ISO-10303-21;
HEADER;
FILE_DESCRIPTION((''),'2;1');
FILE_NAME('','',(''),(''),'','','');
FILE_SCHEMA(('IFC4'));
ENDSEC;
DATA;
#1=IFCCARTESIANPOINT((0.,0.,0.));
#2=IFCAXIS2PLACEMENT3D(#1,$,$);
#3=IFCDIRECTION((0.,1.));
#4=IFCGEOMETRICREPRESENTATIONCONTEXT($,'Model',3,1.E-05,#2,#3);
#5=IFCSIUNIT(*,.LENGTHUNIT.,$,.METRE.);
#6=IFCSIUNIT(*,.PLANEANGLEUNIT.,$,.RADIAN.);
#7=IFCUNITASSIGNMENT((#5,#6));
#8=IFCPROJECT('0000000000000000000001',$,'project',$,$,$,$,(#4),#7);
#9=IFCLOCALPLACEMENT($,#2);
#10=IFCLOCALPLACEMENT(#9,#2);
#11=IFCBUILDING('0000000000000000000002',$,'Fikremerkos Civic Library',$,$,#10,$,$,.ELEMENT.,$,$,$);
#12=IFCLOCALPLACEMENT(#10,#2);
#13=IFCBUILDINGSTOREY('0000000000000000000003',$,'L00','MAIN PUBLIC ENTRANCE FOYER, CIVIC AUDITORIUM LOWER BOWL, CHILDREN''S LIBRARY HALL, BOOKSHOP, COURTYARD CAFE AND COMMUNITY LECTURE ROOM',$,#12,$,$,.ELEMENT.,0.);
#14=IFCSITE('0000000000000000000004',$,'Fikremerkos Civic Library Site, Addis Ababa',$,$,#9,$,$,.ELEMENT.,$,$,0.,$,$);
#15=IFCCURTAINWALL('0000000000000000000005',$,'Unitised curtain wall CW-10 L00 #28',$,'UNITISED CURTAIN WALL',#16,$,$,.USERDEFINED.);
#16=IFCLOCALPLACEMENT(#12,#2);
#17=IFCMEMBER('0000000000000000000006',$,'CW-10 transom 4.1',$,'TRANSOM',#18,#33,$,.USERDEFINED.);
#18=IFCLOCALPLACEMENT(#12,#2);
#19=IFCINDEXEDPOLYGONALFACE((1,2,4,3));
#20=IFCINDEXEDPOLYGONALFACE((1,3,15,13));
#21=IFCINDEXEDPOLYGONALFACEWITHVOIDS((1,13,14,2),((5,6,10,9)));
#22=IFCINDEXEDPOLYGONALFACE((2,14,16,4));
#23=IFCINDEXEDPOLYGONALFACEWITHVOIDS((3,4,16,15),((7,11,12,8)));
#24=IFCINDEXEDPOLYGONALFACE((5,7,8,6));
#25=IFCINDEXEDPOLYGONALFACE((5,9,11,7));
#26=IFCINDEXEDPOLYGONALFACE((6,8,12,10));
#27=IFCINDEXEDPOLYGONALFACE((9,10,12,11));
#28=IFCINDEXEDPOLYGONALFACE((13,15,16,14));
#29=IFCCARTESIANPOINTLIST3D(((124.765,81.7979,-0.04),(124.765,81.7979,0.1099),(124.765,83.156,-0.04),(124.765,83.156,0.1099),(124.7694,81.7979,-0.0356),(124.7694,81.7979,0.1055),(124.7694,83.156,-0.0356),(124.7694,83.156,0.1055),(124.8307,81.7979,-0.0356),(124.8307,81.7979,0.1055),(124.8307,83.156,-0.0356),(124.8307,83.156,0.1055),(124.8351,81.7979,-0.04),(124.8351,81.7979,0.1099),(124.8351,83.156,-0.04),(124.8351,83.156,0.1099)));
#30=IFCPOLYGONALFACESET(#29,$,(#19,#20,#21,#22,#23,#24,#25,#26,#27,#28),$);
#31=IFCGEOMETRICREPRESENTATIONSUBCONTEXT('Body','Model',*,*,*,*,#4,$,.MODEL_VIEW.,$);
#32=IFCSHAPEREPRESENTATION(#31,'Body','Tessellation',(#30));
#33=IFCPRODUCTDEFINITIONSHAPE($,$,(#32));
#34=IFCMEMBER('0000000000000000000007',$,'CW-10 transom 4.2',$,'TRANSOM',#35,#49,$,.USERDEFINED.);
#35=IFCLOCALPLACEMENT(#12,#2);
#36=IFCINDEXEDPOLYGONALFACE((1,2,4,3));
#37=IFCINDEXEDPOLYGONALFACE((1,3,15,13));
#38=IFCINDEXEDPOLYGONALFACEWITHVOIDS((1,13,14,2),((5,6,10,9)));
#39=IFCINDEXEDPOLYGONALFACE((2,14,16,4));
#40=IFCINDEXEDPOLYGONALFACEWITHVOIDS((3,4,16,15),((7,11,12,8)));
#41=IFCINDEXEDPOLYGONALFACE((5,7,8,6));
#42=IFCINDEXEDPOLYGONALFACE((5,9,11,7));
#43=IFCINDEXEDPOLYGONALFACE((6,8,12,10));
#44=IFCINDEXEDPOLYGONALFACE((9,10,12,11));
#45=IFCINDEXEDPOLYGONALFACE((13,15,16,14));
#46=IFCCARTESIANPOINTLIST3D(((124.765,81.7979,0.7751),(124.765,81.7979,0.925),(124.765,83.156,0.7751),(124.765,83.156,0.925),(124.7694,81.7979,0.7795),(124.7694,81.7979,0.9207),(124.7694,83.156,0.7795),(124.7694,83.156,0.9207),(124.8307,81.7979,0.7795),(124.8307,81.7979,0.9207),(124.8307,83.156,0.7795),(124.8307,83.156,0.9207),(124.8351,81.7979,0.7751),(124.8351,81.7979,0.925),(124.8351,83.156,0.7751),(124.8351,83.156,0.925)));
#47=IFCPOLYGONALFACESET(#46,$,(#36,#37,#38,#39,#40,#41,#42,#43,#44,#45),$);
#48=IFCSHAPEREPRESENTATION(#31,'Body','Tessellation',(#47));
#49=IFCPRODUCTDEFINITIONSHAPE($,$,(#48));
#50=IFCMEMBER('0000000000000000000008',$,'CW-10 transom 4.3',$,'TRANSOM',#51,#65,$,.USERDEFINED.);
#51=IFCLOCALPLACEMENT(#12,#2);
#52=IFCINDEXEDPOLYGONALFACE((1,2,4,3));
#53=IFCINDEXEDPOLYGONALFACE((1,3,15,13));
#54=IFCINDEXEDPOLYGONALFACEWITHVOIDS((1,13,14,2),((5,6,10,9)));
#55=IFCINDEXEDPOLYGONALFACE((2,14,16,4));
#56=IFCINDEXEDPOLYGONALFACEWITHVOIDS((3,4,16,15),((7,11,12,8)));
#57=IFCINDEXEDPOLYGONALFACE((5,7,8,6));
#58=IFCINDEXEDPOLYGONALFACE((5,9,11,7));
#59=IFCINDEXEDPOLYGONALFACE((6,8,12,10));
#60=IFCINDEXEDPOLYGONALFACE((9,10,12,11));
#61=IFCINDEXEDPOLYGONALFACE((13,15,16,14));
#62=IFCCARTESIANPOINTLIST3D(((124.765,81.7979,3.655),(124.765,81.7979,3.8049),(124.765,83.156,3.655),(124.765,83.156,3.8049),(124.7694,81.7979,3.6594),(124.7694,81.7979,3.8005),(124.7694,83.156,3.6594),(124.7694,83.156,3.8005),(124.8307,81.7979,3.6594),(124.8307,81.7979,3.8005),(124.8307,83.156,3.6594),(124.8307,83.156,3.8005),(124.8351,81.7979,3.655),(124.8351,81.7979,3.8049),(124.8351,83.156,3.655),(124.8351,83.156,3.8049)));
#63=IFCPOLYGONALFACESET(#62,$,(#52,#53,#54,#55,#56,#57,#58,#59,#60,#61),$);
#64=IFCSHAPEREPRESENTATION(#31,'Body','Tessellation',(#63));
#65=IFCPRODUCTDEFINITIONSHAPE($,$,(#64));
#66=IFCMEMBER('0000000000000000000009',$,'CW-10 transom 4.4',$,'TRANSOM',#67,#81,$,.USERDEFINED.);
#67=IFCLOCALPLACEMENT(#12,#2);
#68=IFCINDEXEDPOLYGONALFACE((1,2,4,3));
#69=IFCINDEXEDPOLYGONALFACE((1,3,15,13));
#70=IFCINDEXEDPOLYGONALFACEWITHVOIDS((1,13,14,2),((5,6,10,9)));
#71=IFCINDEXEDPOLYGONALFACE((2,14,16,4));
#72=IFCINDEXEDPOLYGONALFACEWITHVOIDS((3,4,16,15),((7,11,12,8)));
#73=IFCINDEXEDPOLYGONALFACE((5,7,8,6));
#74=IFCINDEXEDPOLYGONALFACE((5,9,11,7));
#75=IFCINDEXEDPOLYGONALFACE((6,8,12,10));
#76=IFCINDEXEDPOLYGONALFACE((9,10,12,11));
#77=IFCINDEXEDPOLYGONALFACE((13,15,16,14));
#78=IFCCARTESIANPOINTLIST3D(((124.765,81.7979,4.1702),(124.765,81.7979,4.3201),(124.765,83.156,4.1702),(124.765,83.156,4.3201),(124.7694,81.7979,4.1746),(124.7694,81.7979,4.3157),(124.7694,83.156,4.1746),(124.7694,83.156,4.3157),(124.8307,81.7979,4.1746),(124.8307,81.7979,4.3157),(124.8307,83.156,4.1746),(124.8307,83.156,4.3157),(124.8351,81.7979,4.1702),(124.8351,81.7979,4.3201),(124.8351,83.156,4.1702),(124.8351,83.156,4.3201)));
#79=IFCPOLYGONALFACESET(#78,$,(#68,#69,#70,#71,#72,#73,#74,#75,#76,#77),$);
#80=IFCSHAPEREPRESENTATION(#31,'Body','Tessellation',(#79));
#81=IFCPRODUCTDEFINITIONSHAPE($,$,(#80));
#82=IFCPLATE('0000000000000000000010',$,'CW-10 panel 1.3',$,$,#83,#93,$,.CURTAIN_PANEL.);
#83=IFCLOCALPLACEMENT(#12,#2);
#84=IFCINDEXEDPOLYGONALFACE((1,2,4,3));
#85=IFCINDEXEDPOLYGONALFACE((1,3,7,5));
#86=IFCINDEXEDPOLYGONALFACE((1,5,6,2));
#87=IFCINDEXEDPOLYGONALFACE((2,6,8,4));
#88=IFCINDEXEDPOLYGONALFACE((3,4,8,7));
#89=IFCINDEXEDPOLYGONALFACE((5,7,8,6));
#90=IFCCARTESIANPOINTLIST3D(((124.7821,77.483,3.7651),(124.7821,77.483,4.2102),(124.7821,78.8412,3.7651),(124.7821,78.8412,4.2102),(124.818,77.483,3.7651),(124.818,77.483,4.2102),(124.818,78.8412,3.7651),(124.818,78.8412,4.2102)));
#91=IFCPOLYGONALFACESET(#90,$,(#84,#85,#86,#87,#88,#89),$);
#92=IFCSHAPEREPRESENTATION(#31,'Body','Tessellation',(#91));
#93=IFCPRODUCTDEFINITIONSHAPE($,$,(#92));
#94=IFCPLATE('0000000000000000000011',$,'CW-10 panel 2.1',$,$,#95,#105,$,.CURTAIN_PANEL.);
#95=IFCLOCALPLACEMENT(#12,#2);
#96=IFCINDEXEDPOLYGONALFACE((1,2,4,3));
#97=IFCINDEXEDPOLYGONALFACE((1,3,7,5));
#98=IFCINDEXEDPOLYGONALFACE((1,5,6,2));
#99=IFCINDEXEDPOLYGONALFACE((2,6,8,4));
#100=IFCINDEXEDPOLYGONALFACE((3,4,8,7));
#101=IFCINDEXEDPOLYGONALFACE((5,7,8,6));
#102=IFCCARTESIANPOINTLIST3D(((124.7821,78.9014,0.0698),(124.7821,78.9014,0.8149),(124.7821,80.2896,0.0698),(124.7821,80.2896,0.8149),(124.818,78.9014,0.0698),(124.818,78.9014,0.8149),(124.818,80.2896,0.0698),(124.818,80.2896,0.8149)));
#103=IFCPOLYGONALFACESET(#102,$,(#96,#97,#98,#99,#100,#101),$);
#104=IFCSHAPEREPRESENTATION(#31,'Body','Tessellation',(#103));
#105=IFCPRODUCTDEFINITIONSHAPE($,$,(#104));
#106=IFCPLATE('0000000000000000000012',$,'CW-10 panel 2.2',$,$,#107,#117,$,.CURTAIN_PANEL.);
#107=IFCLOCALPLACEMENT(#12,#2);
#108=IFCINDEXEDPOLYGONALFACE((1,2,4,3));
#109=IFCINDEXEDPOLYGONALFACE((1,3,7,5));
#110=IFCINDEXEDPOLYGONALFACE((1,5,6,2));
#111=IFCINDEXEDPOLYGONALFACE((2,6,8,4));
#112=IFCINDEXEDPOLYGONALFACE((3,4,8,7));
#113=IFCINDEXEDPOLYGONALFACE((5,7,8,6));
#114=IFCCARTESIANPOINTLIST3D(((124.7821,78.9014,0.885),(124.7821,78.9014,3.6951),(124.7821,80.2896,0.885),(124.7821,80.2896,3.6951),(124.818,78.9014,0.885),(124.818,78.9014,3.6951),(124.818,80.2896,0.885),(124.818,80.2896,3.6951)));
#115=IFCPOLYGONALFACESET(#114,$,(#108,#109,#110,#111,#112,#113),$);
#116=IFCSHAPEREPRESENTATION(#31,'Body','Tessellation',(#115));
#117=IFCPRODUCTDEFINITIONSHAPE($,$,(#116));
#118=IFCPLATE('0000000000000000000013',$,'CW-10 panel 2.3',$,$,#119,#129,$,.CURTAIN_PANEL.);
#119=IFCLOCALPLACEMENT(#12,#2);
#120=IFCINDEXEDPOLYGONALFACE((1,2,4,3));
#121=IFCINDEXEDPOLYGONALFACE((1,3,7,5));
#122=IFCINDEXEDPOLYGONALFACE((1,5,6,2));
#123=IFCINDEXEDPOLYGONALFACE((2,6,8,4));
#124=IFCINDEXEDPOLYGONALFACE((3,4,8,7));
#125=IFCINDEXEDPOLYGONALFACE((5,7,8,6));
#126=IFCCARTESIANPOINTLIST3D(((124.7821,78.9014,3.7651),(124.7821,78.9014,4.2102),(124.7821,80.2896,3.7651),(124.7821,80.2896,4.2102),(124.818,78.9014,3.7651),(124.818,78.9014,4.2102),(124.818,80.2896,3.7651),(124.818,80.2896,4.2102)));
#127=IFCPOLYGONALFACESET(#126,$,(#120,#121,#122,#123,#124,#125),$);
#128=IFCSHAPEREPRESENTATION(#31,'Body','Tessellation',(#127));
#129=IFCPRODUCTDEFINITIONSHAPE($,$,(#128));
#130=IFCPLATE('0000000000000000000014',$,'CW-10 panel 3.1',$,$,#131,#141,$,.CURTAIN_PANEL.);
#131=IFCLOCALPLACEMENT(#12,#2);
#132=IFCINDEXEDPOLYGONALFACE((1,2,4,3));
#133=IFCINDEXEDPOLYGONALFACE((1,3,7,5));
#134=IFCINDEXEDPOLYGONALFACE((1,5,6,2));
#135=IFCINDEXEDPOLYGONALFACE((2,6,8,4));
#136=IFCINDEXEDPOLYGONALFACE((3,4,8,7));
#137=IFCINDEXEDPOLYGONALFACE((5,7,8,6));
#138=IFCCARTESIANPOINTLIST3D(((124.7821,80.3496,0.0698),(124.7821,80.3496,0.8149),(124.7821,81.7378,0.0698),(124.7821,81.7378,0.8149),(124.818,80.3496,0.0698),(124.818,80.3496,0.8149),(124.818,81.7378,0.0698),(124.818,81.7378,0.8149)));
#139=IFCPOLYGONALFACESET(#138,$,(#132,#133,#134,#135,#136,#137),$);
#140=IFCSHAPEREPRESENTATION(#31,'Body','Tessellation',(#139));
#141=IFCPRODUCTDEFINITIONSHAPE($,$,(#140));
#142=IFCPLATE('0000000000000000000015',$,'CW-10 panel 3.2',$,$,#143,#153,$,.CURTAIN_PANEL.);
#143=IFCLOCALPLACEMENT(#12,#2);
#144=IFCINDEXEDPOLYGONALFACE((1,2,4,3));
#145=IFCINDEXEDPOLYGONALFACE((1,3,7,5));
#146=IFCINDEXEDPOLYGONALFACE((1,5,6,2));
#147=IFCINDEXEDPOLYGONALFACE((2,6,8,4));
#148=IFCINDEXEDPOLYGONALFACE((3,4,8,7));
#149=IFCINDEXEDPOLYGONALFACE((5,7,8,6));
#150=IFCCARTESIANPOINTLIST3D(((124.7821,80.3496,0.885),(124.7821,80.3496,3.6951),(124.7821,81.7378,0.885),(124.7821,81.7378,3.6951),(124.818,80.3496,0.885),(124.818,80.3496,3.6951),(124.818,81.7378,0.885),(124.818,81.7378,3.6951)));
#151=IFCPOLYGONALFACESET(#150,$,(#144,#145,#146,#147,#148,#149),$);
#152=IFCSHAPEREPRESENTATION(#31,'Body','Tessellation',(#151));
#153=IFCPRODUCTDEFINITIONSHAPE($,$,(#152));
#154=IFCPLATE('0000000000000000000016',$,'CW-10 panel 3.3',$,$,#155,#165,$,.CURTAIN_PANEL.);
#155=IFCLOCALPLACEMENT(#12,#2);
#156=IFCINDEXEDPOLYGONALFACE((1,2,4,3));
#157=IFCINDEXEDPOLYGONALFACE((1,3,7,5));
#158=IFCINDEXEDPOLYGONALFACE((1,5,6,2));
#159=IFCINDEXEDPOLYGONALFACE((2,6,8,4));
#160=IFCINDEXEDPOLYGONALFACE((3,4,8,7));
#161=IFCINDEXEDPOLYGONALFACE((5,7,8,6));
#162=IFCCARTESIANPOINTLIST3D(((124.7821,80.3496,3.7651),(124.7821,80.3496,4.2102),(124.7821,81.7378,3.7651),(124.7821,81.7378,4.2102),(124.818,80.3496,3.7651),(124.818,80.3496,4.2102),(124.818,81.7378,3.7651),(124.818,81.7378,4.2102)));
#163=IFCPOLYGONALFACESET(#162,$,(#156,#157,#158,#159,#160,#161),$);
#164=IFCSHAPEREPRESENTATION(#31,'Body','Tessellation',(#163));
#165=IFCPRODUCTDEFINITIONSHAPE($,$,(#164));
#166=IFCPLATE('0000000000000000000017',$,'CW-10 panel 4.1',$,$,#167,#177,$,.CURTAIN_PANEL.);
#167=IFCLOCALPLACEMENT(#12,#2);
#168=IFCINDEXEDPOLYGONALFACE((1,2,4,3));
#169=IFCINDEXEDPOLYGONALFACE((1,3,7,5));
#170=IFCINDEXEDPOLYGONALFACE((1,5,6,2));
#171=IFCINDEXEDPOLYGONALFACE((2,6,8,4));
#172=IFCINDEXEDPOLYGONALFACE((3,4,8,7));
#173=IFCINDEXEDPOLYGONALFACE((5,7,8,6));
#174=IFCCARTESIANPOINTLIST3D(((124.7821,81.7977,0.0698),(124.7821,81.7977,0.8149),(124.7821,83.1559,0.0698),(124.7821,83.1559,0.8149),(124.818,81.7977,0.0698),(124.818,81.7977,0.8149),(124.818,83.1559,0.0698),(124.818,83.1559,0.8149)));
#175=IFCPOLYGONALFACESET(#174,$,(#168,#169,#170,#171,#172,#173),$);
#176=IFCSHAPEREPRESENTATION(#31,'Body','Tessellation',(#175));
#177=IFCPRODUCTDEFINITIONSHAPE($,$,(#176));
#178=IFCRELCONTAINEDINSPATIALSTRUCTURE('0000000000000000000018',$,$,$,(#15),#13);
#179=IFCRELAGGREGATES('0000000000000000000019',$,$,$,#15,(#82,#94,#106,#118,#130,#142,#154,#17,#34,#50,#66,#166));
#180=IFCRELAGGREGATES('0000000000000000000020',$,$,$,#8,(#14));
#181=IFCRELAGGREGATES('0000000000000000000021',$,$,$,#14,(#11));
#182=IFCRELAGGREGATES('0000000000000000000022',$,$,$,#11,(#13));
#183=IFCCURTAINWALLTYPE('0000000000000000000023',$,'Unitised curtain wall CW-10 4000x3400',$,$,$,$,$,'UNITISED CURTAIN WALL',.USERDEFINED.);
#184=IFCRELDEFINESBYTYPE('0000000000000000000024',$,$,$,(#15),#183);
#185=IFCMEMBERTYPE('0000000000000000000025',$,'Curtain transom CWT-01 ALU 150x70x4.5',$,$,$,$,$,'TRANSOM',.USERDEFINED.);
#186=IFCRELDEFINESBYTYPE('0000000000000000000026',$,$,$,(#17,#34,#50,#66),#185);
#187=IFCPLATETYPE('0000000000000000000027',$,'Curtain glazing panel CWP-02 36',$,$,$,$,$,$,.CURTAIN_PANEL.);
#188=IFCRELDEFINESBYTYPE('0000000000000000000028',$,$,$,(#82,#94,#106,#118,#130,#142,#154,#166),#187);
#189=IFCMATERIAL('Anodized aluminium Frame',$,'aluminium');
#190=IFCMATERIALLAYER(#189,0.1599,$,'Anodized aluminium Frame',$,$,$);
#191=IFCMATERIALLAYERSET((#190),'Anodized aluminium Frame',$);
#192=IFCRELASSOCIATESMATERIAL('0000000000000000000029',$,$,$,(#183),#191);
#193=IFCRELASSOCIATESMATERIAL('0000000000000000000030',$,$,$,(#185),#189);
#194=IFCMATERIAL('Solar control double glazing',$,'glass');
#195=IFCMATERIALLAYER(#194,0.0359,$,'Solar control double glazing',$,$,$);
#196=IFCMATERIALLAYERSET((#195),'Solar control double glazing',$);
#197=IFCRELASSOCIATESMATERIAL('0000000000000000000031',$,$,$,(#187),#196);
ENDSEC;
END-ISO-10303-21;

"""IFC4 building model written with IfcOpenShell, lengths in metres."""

from ifc_helpers import new_model, si_unit, direction, frame, origin, origin_2d, place, context, subcontext, project, spatial, rectangle, hollow_rectangle, extrude, material, layer, layer_set, material_profile, profile_set, type_object, element, aggregate, save


model = new_model("IFC4")

# Units and contexts
model_context = context("Model", 3, precision=1e-05, world=origin(), true_north=direction((0.0, 1.0)))
body_context = subcontext(model_context, "Body", "Model", "MODEL_VIEW")
ifc_project = project(units=[si_unit("LENGTHUNIT", "METRE"), si_unit("PLANEANGLEUNIT", "RADIAN")], contexts=[model_context])

# Site, building, storey
site_placement = place(None, origin())
site = spatial("IfcSite", under=ifc_project, at=site_placement, Name="Fikremerkos Civic Library Site, Addis Ababa", CompositionType="ELEMENT", RefElevation=0.0)
building_placement = place(site_placement, origin())
building = spatial("IfcBuilding", under=site, at=building_placement, Name="Fikremerkos Civic Library", CompositionType="ELEMENT")
storey_placement = place(building_placement, origin())
storey = spatial("IfcBuildingStorey", under=building, at=storey_placement, Name="L00", Description="MAIN PUBLIC ENTRANCE FOYER, CIVIC AUDITORIUM LOWER BOWL, CHILDREN'S LIBRARY HALL, BOOKSHOP, COURTYARD CAFE AND COMMUNITY LECTURE ROOM", CompositionType="ELEMENT", Elevation=0.0)

# Curtain wall, members, plates
ifc_material_1 = material(Name="Anodized aluminium Frame", Category="aluminium")
ifc_layer_1 = layer(ifc_material_1, 0.1599, Name="Anodized aluminium Frame")
ifc_layer_set_1 = layer_set([ifc_layer_1], Name="Anodized aluminium Frame")
curtain_wall_type = type_object("IfcCurtainWallType", Name="Unitised curtain wall CW-10 4000x3400", ElementType="UNITISED CURTAIN WALL", PredefinedType="USERDEFINED", material=ifc_layer_set_1)
curtain_wall_placement = place(storey_placement, origin())
curtain_wall = element("IfcCurtainWall", 1, at=curtain_wall_placement, inside=storey, type_object=curtain_wall_type, Name="Unitised curtain wall CW-10 L00 #28", ObjectType="UNITISED CURTAIN WALL", PredefinedType="USERDEFINED")
ifc_material_profile_1 = material_profile(ifc_material_1, hollow_rectangle(XDim=0.0701, YDim=0.1499, WallThickness=0.0044, at=origin_2d()), Name="ALU 150x70x4.5")
ifc_profile_set_1 = profile_set([ifc_material_profile_1], Name="Anodized aluminium Frame")
member_type_1 = type_object("IfcMemberType", Name="Curtain transom CWT-01 ALU 150x70x4.5", ElementType="TRANSOM", PredefinedType="USERDEFINED", material=ifc_profile_set_1)
member_1_placement = place(storey_placement, frame((124.8, 81.7979, 0.0349), z_axis=(0.0, 1.0, 0.0), x_axis=(-1.0, 0.0, 0.0)))
member_1 = element("IfcMember", 2, at=member_1_placement, type_object=member_type_1, Name="CW-10 transom 4.1", ObjectType="TRANSOM", PredefinedType="USERDEFINED", context=body_context, shape_type="SweptSolid", body=[
    extrude(hollow_rectangle(XDim=0.0701, YDim=0.1499, WallThickness=0.0044, at=origin_2d()), origin(), (0.0, 0.0, 1.0), 1.3582),
])
member_2_placement = place(storey_placement, frame((124.8, 81.7979, 0.8501), z_axis=(0.0, 1.0, 0.0), x_axis=(-1.0, 0.0, 0.0)))
member_2 = element("IfcMember", 3, at=member_2_placement, type_object=member_type_1, Name="CW-10 transom 4.2", ObjectType="TRANSOM", PredefinedType="USERDEFINED", context=body_context, shape_type="SweptSolid", body=[
    extrude(hollow_rectangle(XDim=0.0701, YDim=0.1499, WallThickness=0.0044, at=origin_2d()), origin(), (0.0, 0.0, 1.0), 1.3582),
])
member_3_placement = place(storey_placement, frame((124.8, 81.7979, 3.73), z_axis=(0.0, 1.0, 0.0), x_axis=(-1.0, 0.0, 0.0)))
member_3 = element("IfcMember", 4, at=member_3_placement, type_object=member_type_1, Name="CW-10 transom 4.3", ObjectType="TRANSOM", PredefinedType="USERDEFINED", context=body_context, shape_type="SweptSolid", body=[
    extrude(hollow_rectangle(XDim=0.0701, YDim=0.1499, WallThickness=0.0044, at=origin_2d()), origin(), (0.0, 0.0, 1.0), 1.3582),
])
member_4_placement = place(storey_placement, frame((124.8, 81.7979, 4.2451), z_axis=(0.0, 1.0, 0.0), x_axis=(-1.0, 0.0, 0.0)))
member_4 = element("IfcMember", 5, at=member_4_placement, type_object=member_type_1, Name="CW-10 transom 4.4", ObjectType="TRANSOM", PredefinedType="USERDEFINED", context=body_context, shape_type="SweptSolid", body=[
    extrude(hollow_rectangle(XDim=0.0701, YDim=0.1499, WallThickness=0.0044, at=origin_2d()), origin(), (0.0, 0.0, 1.0), 1.3582),
])
ifc_material_2 = material(Name="Solar control double glazing", Category="glass")
ifc_layer_2 = layer(ifc_material_2, 0.0359, Name="Solar control double glazing")
ifc_layer_set_2 = layer_set([ifc_layer_2], Name="Solar control double glazing")
plate_type = type_object("IfcPlateType", Name="Curtain glazing panel CWP-02 36", PredefinedType="CURTAIN_PANEL", material=ifc_layer_set_2)
plate_1_placement = place(storey_placement, frame((124.8, 78.1621, 3.7651), z_axis=(0.0, 0.0, 1.0), x_axis=(0.0, 1.0, 0.0)))
plate_1 = element("IfcPlate", 6, at=plate_1_placement, type_object=plate_type, Name="CW-10 panel 1.3", PredefinedType="CURTAIN_PANEL", context=body_context, shape_type="SweptSolid", body=[
    extrude(rectangle(XDim=1.3582, YDim=0.0359, at=origin_2d()), origin(), (0.0, 0.0, 1.0), 0.4451),
])
plate_2_placement = place(storey_placement, frame((124.8, 79.5955, 0.0698), z_axis=(0.0, 0.0, 1.0), x_axis=(0.0, 1.0, 0.0)))
plate_2 = element("IfcPlate", 7, at=plate_2_placement, type_object=plate_type, Name="CW-10 panel 2.1", PredefinedType="CURTAIN_PANEL", context=body_context, shape_type="SweptSolid", body=[
    extrude(rectangle(XDim=1.3882, YDim=0.0359, at=origin_2d()), origin(), (0.0, 0.0, 1.0), 0.7451),
])
plate_3_placement = place(storey_placement, frame((124.8, 79.5955, 0.885), z_axis=(0.0, 0.0, 1.0), x_axis=(0.0, 1.0, 0.0)))
plate_3 = element("IfcPlate", 8, at=plate_3_placement, type_object=plate_type, Name="CW-10 panel 2.2", PredefinedType="CURTAIN_PANEL", context=body_context, shape_type="SweptSolid", body=[
    extrude(rectangle(XDim=1.3882, YDim=0.0359, at=origin_2d()), origin(), (0.0, 0.0, 1.0), 2.8101),
])
plate_4_placement = place(storey_placement, frame((124.8, 79.5955, 3.7651), z_axis=(0.0, 0.0, 1.0), x_axis=(0.0, 1.0, 0.0)))
plate_4 = element("IfcPlate", 9, at=plate_4_placement, type_object=plate_type, Name="CW-10 panel 2.3", PredefinedType="CURTAIN_PANEL", context=body_context, shape_type="SweptSolid", body=[
    extrude(rectangle(XDim=1.3882, YDim=0.0359, at=origin_2d()), origin(), (0.0, 0.0, 1.0), 0.4451),
])
plate_5_placement = place(storey_placement, frame((124.8, 81.0437, 0.0698), z_axis=(0.0, 0.0, 1.0), x_axis=(0.0, 1.0, 0.0)))
plate_5 = element("IfcPlate", 10, at=plate_5_placement, type_object=plate_type, Name="CW-10 panel 3.1", PredefinedType="CURTAIN_PANEL", context=body_context, shape_type="SweptSolid", body=[
    extrude(rectangle(XDim=1.3882, YDim=0.0359, at=origin_2d()), origin(), (0.0, 0.0, 1.0), 0.7451),
])
plate_6_placement = place(storey_placement, frame((124.8, 81.0437, 0.885), z_axis=(0.0, 0.0, 1.0), x_axis=(0.0, 1.0, 0.0)))
plate_6 = element("IfcPlate", 11, at=plate_6_placement, type_object=plate_type, Name="CW-10 panel 3.2", PredefinedType="CURTAIN_PANEL", context=body_context, shape_type="SweptSolid", body=[
    extrude(rectangle(XDim=1.3882, YDim=0.0359, at=origin_2d()), origin(), (0.0, 0.0, 1.0), 2.8101),
])
plate_7_placement = place(storey_placement, frame((124.8, 81.0437, 3.7651), z_axis=(0.0, 0.0, 1.0), x_axis=(0.0, 1.0, 0.0)))
plate_7 = element("IfcPlate", 12, at=plate_7_placement, type_object=plate_type, Name="CW-10 panel 3.3", PredefinedType="CURTAIN_PANEL", context=body_context, shape_type="SweptSolid", body=[
    extrude(rectangle(XDim=1.3882, YDim=0.0359, at=origin_2d()), origin(), (0.0, 0.0, 1.0), 0.4451),
])
plate_8_placement = place(storey_placement, frame((124.8, 82.4768, 0.0698), z_axis=(0.0, 0.0, 1.0), x_axis=(0.0, 1.0, 0.0)))
plate_8 = element("IfcPlate", 13, at=plate_8_placement, type_object=plate_type, Name="CW-10 panel 4.1", PredefinedType="CURTAIN_PANEL", context=body_context, shape_type="SweptSolid", body=[
    extrude(rectangle(XDim=1.3582, YDim=0.0359, at=origin_2d()), origin(), (0.0, 0.0, 1.0), 0.7451),
])
aggregate(curtain_wall, [plate_1, plate_2, plate_3, plate_4, plate_5, plate_6, plate_7, member_1, member_2, member_3, member_4, plate_8])

save(model, "model.ifc")
